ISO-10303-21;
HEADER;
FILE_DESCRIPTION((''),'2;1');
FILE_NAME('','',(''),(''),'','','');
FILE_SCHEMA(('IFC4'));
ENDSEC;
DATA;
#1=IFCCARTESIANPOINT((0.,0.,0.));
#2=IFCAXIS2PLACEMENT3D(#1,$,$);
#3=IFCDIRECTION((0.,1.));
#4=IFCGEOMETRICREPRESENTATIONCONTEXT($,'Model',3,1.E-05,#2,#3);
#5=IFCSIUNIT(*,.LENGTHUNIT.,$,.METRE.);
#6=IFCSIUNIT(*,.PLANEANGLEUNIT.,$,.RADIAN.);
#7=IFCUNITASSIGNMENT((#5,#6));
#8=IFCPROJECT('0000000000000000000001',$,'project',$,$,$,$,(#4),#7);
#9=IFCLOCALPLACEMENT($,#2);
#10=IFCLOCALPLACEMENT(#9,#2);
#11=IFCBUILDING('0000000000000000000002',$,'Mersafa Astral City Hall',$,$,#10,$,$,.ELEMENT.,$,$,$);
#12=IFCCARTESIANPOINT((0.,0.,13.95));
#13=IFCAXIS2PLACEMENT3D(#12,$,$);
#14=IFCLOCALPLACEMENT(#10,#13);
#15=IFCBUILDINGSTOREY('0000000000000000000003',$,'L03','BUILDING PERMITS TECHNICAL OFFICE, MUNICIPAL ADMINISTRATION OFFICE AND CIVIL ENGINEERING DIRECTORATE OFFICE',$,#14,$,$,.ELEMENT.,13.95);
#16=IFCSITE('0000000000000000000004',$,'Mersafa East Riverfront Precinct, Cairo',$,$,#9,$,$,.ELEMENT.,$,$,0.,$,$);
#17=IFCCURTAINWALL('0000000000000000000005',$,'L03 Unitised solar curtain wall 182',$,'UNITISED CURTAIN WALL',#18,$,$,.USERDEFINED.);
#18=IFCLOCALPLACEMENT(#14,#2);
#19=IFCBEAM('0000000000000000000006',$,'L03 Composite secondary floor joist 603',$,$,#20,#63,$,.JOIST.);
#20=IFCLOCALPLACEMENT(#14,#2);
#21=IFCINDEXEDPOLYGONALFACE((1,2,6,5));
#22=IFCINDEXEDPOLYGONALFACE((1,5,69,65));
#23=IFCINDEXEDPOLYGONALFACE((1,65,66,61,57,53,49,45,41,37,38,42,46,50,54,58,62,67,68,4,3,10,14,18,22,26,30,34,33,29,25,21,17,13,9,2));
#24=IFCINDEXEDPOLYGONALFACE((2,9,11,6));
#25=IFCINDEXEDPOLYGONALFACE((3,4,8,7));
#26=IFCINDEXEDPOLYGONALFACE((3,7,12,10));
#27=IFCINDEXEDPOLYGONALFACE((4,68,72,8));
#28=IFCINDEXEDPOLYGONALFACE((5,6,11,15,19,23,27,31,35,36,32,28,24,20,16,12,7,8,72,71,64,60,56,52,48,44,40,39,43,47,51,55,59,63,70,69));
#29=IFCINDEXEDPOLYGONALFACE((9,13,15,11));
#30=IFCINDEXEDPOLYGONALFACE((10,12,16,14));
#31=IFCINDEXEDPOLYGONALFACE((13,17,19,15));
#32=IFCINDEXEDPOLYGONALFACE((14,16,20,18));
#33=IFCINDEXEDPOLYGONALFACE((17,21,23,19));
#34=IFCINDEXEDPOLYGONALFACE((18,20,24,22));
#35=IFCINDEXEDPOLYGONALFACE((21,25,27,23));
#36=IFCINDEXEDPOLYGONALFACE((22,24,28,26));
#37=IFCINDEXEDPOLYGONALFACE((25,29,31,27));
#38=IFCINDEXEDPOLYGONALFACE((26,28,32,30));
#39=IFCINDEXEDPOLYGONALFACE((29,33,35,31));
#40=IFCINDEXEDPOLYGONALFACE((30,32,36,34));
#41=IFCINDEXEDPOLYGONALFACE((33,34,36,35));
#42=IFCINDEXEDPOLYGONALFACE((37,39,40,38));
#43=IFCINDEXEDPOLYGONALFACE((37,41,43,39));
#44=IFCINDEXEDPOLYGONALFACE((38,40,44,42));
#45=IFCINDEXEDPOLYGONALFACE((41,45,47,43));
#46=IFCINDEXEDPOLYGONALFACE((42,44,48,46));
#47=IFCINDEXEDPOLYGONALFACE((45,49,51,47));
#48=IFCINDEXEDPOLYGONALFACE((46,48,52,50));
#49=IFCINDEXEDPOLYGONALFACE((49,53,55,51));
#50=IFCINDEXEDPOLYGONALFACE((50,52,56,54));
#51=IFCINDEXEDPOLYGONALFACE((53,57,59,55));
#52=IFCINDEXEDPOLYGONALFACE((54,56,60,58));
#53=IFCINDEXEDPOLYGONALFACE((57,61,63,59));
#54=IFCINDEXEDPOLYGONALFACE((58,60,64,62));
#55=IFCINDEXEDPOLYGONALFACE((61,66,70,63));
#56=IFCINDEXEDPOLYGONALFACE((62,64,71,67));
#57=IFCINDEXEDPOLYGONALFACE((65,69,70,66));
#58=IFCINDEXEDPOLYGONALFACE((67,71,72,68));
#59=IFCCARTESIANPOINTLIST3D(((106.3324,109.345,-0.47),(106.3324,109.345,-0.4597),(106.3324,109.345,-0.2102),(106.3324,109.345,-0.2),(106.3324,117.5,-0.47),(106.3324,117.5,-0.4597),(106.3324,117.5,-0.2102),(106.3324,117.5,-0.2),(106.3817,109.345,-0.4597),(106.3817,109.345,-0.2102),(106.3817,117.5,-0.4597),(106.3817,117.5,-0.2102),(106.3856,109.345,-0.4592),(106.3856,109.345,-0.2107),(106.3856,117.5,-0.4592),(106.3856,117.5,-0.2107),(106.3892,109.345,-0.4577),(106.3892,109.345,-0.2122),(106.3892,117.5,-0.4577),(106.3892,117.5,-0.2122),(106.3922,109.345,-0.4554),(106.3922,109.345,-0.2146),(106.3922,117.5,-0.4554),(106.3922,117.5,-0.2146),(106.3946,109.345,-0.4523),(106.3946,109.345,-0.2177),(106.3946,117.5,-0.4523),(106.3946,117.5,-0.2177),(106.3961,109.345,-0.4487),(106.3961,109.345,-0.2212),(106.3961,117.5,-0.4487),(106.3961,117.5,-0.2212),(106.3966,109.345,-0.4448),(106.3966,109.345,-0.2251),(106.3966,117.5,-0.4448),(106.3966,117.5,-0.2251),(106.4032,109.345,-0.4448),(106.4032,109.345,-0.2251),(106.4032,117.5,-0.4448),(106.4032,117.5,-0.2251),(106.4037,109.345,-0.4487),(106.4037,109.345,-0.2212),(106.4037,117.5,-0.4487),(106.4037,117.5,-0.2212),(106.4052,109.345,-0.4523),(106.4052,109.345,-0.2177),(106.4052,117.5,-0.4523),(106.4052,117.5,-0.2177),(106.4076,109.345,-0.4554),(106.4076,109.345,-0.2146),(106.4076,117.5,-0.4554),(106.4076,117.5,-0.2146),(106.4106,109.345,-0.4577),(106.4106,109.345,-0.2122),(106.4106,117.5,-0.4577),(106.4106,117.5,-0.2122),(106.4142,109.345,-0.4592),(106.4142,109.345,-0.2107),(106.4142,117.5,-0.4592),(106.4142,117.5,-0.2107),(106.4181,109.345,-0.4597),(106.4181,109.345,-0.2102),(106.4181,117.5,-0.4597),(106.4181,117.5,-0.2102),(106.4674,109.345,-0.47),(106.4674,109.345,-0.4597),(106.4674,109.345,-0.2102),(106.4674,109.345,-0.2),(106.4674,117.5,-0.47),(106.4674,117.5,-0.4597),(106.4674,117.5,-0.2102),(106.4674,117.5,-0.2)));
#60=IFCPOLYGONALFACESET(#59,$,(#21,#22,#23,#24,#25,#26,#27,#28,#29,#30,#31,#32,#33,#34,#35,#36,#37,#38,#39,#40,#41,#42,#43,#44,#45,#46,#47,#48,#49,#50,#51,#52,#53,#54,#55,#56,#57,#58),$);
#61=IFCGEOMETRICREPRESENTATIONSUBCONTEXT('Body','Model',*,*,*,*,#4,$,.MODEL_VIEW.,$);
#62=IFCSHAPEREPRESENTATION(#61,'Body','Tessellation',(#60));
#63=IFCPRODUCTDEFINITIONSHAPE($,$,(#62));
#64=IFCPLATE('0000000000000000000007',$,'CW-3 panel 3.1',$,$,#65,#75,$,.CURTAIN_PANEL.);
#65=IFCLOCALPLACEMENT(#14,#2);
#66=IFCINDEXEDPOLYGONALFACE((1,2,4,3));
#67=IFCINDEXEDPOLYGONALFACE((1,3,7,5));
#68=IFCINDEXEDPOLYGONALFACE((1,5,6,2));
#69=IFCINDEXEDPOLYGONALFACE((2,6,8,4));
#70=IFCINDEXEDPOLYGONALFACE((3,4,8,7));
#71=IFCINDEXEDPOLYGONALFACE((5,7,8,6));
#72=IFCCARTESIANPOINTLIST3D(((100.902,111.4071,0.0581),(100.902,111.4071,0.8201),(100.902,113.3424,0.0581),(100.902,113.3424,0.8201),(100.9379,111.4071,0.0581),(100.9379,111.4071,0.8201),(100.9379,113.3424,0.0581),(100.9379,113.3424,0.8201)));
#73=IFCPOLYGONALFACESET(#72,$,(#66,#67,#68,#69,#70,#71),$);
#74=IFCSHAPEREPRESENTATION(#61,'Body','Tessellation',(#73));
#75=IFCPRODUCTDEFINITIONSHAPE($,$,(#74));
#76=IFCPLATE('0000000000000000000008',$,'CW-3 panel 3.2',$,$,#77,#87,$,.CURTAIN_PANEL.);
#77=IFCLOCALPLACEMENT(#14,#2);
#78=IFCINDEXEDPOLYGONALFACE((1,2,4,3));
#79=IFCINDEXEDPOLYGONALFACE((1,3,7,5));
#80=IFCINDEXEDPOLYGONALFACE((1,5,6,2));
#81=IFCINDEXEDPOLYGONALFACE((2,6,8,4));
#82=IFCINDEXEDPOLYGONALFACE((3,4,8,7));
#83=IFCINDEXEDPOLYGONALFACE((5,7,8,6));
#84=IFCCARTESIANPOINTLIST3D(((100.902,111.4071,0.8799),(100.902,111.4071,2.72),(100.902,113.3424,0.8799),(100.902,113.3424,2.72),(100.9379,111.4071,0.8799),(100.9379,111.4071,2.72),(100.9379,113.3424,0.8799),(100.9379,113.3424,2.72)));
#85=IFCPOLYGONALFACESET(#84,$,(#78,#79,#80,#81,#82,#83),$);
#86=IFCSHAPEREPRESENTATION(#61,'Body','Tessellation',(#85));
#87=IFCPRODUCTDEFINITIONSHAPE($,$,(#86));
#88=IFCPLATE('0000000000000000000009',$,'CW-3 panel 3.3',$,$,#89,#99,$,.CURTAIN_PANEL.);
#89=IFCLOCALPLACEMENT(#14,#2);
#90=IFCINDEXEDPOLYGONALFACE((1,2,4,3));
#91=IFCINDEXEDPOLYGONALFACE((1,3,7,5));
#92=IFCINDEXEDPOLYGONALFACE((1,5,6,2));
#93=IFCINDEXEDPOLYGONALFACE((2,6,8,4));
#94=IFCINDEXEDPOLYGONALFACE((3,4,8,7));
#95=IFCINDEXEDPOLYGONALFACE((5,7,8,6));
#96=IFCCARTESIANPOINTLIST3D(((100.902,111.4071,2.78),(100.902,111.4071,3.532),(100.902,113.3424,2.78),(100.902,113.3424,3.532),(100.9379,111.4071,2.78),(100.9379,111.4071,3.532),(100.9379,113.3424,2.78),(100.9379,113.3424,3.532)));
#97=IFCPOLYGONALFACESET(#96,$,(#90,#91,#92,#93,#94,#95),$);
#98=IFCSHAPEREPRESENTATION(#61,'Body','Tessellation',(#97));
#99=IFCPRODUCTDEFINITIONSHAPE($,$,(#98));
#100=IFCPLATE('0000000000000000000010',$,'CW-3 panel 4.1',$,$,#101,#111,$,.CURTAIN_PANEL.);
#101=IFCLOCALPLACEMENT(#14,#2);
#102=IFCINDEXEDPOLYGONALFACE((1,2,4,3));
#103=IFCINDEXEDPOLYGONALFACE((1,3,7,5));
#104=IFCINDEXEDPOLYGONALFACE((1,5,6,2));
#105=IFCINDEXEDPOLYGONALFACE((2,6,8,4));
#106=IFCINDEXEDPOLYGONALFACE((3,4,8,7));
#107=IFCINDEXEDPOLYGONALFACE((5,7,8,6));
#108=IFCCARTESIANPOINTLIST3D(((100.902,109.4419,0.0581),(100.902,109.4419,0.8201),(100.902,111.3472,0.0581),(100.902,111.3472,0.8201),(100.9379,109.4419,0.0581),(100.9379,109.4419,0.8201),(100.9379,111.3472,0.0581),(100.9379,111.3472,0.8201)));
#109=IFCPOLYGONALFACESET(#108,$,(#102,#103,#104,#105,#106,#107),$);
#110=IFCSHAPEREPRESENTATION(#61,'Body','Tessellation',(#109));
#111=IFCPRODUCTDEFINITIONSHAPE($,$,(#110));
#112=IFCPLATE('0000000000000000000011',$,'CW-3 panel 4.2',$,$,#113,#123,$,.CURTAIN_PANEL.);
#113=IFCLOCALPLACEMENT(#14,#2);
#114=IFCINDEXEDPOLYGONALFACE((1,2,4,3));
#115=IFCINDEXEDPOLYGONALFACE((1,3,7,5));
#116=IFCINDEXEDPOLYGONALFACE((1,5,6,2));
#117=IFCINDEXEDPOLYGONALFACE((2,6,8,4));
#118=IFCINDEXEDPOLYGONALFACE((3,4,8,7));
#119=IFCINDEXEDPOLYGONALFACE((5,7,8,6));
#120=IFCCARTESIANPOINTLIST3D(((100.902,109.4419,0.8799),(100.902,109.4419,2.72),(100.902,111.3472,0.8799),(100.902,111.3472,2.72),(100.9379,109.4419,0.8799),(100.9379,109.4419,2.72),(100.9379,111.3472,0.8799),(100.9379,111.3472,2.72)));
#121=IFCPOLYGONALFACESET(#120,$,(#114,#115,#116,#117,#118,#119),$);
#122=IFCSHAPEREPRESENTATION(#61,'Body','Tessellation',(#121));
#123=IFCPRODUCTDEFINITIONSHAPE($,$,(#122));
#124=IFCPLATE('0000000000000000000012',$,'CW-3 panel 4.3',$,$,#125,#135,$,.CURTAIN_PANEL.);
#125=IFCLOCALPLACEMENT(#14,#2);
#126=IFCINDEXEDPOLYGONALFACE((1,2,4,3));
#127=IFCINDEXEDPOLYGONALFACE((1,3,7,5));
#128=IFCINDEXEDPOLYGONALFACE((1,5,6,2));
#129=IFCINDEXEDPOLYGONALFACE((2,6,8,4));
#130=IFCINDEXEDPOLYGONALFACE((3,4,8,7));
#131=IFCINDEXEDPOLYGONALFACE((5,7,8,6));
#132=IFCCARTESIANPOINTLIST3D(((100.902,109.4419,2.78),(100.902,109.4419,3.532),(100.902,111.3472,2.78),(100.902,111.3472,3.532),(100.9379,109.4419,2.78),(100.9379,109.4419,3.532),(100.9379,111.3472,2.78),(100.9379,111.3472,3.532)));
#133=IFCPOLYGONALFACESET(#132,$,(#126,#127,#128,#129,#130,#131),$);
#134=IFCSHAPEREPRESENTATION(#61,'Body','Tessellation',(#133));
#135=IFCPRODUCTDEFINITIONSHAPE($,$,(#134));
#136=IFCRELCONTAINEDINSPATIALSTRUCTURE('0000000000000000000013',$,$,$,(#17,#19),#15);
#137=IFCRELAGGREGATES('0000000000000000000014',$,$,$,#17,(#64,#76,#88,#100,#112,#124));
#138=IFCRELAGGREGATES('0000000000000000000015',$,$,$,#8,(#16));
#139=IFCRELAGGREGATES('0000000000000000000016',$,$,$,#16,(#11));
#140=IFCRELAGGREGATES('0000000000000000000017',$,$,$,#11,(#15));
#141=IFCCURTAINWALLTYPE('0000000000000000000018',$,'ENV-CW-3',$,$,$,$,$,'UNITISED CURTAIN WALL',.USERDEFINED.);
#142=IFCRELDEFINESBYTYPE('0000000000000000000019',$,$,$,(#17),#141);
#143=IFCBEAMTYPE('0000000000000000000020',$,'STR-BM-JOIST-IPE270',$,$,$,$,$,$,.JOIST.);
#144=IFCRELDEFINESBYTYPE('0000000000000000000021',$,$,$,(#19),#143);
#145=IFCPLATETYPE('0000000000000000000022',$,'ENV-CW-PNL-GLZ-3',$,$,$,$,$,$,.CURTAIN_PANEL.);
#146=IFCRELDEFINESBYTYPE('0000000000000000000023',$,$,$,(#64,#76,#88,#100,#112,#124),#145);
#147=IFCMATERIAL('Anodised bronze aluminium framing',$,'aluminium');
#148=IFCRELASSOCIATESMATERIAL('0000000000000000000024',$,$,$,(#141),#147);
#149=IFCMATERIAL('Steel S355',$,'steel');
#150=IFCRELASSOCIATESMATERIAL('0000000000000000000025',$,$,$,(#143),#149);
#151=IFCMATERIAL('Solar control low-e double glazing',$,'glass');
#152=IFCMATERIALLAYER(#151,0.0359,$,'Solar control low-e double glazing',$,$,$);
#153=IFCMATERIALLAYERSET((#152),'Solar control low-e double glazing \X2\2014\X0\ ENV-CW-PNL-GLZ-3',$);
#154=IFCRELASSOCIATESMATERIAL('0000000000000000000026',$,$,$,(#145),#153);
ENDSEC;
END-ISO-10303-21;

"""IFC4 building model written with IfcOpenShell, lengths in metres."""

from ifc_helpers import new_model, si_unit, direction, frame, origin, origin_2d, place, context, subcontext, project, spatial, rectangle, i_section, extrude, material, layer, layer_set, material_profile, profile_set, type_object, element, aggregate, save


model = new_model("IFC4")

# Units and contexts
model_context = context("Model", 3, precision=1e-05, world=origin(), true_north=direction((0.0, 1.0)))
body_context = subcontext(model_context, "Body", "Model", "MODEL_VIEW")
ifc_project = project(units=[si_unit("LENGTHUNIT", "METRE"), si_unit("PLANEANGLEUNIT", "RADIAN")], contexts=[model_context])

# Site, building, storey
site_placement = place(None, origin())
site = spatial("IfcSite", under=ifc_project, at=site_placement, Name="Mersafa East Riverfront Precinct, Cairo", CompositionType="ELEMENT", RefElevation=0.0)
building_placement = place(site_placement, origin())
building = spatial("IfcBuilding", under=site, at=building_placement, Name="Mersafa Astral City Hall", CompositionType="ELEMENT")
storey_placement = place(building_placement, frame((0.0, 0.0, 13.95)))
storey = spatial("IfcBuildingStorey", under=building, at=storey_placement, Name="L03", Description="BUILDING PERMITS TECHNICAL OFFICE, MUNICIPAL ADMINISTRATION OFFICE AND CIVIL ENGINEERING DIRECTORATE OFFICE", CompositionType="ELEMENT", Elevation=13.95)

# Shared definitions
ifc_material_1 = material(Name="Steel S355", Category="steel")

# Curtain wall
ifc_material_2 = material(Name="Anodised bronze aluminium framing", Category="aluminium")
curtain_wall_type_1 = type_object("IfcCurtainWallType", Name="ENV-CW-3", ElementType="UNITISED CURTAIN WALL", PredefinedType="USERDEFINED", material=ifc_material_2)
curtain_wall_1_placement = place(storey_placement, origin())
curtain_wall_1 = element("IfcCurtainWall", 1, at=curtain_wall_1_placement, inside=storey, type_object=curtain_wall_type_1, Name="L03 Unitised solar curtain wall 182", ObjectType="UNITISED CURTAIN WALL", PredefinedType="USERDEFINED")

# Beam
ifc_material_profile_1 = material_profile(ifc_material_1, i_section(OverallWidth=0.135, OverallDepth=0.27, WebThickness=0.0066, FlangeThickness=0.0103, FilletRadius=0.0149, at=origin_2d()), Name="IPE 270")
ifc_profile_set_1 = profile_set([ifc_material_profile_1], Name="Steel S355")
beam_type_1 = type_object("IfcBeamType", Name="STR-BM-JOIST-IPE270", PredefinedType="JOIST", material=ifc_profile_set_1)
for number, where, z_axis, x_axis, name in (
    (2, (106.3999, 109.345, -0.335), (0.0, 1.0, 0.0), (-1.0, 0.0, 0.0), "L03 Composite secondary floor joist 603"),
):
    element("IfcBeam", number, at=place(storey_placement, frame(where, z_axis=z_axis, x_axis=x_axis)), inside=storey, type_object=beam_type_1, Name=name, PredefinedType="JOIST", context=body_context, shape_type="SweptSolid", body=[
        extrude(i_section(OverallWidth=0.135, OverallDepth=0.27, WebThickness=0.0066, FlangeThickness=0.0103, FilletRadius=0.0149, at=origin_2d()), origin(), (0.0, 0.0, 1.0), 8.155),
    ])

# Plates
ifc_material_3 = material(Name="Solar control low-e double glazing", Category="glass")
ifc_layer = layer(ifc_material_3, 0.0359, Name="Solar control low-e double glazing")
ifc_layer_set = layer_set([ifc_layer], Name="Solar control low-e double glazing — ENV-CW-PNL-GLZ-3")
plate_type = type_object("IfcPlateType", Name="ENV-CW-PNL-GLZ-3", PredefinedType="CURTAIN_PANEL", material=ifc_layer_set)
plate_1_placement = place(storey_placement, frame((100.9199, 112.3748, 0.0581), z_axis=(0.0, 0.0, 1.0), x_axis=(0.0, -1.0, 0.0)))
plate_1 = element("IfcPlate", 3, at=plate_1_placement, type_object=plate_type, Name="CW-3 panel 3.1", PredefinedType="CURTAIN_PANEL", context=body_context, shape_type="SweptSolid", body=[
    extrude(rectangle(XDim=1.9353, YDim=0.0359, at=origin_2d()), origin(), (0.0, 0.0, 1.0), 0.762),
])
plate_2_placement = place(storey_placement, frame((100.9199, 112.3748, 0.8799), z_axis=(0.0, 0.0, 1.0), x_axis=(0.0, -1.0, 0.0)))
plate_2 = element("IfcPlate", 4, at=plate_2_placement, type_object=plate_type, Name="CW-3 panel 3.2", PredefinedType="CURTAIN_PANEL", context=body_context, shape_type="SweptSolid", body=[
    extrude(rectangle(XDim=1.9353, YDim=0.0359, at=origin_2d()), origin(), (0.0, 0.0, 1.0), 1.8401),
])
plate_3_placement = place(storey_placement, frame((100.9199, 112.3748, 2.78), z_axis=(0.0, 0.0, 1.0), x_axis=(0.0, -1.0, 0.0)))
plate_3 = element("IfcPlate", 5, at=plate_3_placement, type_object=plate_type, Name="CW-3 panel 3.3", PredefinedType="CURTAIN_PANEL", context=body_context, shape_type="SweptSolid", body=[
    extrude(rectangle(XDim=1.9353, YDim=0.0359, at=origin_2d()), origin(), (0.0, 0.0, 1.0), 0.752),
])
plate_4_placement = place(storey_placement, frame((100.9199, 110.3945, 0.0581), z_axis=(0.0, 0.0, 1.0), x_axis=(0.0, -1.0, 0.0)))
plate_4 = element("IfcPlate", 6, at=plate_4_placement, type_object=plate_type, Name="CW-3 panel 4.1", PredefinedType="CURTAIN_PANEL", context=body_context, shape_type="SweptSolid", body=[
    extrude(rectangle(XDim=1.9053, YDim=0.0359, at=origin_2d()), origin(), (0.0, 0.0, 1.0), 0.762),
])
plate_5_placement = place(storey_placement, frame((100.9199, 110.3945, 0.8799), z_axis=(0.0, 0.0, 1.0), x_axis=(0.0, -1.0, 0.0)))
plate_5 = element("IfcPlate", 7, at=plate_5_placement, type_object=plate_type, Name="CW-3 panel 4.2", PredefinedType="CURTAIN_PANEL", context=body_context, shape_type="SweptSolid", body=[
    extrude(rectangle(XDim=1.9053, YDim=0.0359, at=origin_2d()), origin(), (0.0, 0.0, 1.0), 1.8401),
])
plate_6_placement = place(storey_placement, frame((100.9199, 110.3945, 2.78), z_axis=(0.0, 0.0, 1.0), x_axis=(0.0, -1.0, 0.0)))
plate_6 = element("IfcPlate", 8, at=plate_6_placement, type_object=plate_type, Name="CW-3 panel 4.3", PredefinedType="CURTAIN_PANEL", context=body_context, shape_type="SweptSolid", body=[
    extrude(rectangle(XDim=1.9053, YDim=0.0359, at=origin_2d()), origin(), (0.0, 0.0, 1.0), 0.752),
])
aggregate(curtain_wall_1, [plate_1, plate_2, plate_3, plate_4, plate_5, plate_6])

save(model, "model.ifc")
